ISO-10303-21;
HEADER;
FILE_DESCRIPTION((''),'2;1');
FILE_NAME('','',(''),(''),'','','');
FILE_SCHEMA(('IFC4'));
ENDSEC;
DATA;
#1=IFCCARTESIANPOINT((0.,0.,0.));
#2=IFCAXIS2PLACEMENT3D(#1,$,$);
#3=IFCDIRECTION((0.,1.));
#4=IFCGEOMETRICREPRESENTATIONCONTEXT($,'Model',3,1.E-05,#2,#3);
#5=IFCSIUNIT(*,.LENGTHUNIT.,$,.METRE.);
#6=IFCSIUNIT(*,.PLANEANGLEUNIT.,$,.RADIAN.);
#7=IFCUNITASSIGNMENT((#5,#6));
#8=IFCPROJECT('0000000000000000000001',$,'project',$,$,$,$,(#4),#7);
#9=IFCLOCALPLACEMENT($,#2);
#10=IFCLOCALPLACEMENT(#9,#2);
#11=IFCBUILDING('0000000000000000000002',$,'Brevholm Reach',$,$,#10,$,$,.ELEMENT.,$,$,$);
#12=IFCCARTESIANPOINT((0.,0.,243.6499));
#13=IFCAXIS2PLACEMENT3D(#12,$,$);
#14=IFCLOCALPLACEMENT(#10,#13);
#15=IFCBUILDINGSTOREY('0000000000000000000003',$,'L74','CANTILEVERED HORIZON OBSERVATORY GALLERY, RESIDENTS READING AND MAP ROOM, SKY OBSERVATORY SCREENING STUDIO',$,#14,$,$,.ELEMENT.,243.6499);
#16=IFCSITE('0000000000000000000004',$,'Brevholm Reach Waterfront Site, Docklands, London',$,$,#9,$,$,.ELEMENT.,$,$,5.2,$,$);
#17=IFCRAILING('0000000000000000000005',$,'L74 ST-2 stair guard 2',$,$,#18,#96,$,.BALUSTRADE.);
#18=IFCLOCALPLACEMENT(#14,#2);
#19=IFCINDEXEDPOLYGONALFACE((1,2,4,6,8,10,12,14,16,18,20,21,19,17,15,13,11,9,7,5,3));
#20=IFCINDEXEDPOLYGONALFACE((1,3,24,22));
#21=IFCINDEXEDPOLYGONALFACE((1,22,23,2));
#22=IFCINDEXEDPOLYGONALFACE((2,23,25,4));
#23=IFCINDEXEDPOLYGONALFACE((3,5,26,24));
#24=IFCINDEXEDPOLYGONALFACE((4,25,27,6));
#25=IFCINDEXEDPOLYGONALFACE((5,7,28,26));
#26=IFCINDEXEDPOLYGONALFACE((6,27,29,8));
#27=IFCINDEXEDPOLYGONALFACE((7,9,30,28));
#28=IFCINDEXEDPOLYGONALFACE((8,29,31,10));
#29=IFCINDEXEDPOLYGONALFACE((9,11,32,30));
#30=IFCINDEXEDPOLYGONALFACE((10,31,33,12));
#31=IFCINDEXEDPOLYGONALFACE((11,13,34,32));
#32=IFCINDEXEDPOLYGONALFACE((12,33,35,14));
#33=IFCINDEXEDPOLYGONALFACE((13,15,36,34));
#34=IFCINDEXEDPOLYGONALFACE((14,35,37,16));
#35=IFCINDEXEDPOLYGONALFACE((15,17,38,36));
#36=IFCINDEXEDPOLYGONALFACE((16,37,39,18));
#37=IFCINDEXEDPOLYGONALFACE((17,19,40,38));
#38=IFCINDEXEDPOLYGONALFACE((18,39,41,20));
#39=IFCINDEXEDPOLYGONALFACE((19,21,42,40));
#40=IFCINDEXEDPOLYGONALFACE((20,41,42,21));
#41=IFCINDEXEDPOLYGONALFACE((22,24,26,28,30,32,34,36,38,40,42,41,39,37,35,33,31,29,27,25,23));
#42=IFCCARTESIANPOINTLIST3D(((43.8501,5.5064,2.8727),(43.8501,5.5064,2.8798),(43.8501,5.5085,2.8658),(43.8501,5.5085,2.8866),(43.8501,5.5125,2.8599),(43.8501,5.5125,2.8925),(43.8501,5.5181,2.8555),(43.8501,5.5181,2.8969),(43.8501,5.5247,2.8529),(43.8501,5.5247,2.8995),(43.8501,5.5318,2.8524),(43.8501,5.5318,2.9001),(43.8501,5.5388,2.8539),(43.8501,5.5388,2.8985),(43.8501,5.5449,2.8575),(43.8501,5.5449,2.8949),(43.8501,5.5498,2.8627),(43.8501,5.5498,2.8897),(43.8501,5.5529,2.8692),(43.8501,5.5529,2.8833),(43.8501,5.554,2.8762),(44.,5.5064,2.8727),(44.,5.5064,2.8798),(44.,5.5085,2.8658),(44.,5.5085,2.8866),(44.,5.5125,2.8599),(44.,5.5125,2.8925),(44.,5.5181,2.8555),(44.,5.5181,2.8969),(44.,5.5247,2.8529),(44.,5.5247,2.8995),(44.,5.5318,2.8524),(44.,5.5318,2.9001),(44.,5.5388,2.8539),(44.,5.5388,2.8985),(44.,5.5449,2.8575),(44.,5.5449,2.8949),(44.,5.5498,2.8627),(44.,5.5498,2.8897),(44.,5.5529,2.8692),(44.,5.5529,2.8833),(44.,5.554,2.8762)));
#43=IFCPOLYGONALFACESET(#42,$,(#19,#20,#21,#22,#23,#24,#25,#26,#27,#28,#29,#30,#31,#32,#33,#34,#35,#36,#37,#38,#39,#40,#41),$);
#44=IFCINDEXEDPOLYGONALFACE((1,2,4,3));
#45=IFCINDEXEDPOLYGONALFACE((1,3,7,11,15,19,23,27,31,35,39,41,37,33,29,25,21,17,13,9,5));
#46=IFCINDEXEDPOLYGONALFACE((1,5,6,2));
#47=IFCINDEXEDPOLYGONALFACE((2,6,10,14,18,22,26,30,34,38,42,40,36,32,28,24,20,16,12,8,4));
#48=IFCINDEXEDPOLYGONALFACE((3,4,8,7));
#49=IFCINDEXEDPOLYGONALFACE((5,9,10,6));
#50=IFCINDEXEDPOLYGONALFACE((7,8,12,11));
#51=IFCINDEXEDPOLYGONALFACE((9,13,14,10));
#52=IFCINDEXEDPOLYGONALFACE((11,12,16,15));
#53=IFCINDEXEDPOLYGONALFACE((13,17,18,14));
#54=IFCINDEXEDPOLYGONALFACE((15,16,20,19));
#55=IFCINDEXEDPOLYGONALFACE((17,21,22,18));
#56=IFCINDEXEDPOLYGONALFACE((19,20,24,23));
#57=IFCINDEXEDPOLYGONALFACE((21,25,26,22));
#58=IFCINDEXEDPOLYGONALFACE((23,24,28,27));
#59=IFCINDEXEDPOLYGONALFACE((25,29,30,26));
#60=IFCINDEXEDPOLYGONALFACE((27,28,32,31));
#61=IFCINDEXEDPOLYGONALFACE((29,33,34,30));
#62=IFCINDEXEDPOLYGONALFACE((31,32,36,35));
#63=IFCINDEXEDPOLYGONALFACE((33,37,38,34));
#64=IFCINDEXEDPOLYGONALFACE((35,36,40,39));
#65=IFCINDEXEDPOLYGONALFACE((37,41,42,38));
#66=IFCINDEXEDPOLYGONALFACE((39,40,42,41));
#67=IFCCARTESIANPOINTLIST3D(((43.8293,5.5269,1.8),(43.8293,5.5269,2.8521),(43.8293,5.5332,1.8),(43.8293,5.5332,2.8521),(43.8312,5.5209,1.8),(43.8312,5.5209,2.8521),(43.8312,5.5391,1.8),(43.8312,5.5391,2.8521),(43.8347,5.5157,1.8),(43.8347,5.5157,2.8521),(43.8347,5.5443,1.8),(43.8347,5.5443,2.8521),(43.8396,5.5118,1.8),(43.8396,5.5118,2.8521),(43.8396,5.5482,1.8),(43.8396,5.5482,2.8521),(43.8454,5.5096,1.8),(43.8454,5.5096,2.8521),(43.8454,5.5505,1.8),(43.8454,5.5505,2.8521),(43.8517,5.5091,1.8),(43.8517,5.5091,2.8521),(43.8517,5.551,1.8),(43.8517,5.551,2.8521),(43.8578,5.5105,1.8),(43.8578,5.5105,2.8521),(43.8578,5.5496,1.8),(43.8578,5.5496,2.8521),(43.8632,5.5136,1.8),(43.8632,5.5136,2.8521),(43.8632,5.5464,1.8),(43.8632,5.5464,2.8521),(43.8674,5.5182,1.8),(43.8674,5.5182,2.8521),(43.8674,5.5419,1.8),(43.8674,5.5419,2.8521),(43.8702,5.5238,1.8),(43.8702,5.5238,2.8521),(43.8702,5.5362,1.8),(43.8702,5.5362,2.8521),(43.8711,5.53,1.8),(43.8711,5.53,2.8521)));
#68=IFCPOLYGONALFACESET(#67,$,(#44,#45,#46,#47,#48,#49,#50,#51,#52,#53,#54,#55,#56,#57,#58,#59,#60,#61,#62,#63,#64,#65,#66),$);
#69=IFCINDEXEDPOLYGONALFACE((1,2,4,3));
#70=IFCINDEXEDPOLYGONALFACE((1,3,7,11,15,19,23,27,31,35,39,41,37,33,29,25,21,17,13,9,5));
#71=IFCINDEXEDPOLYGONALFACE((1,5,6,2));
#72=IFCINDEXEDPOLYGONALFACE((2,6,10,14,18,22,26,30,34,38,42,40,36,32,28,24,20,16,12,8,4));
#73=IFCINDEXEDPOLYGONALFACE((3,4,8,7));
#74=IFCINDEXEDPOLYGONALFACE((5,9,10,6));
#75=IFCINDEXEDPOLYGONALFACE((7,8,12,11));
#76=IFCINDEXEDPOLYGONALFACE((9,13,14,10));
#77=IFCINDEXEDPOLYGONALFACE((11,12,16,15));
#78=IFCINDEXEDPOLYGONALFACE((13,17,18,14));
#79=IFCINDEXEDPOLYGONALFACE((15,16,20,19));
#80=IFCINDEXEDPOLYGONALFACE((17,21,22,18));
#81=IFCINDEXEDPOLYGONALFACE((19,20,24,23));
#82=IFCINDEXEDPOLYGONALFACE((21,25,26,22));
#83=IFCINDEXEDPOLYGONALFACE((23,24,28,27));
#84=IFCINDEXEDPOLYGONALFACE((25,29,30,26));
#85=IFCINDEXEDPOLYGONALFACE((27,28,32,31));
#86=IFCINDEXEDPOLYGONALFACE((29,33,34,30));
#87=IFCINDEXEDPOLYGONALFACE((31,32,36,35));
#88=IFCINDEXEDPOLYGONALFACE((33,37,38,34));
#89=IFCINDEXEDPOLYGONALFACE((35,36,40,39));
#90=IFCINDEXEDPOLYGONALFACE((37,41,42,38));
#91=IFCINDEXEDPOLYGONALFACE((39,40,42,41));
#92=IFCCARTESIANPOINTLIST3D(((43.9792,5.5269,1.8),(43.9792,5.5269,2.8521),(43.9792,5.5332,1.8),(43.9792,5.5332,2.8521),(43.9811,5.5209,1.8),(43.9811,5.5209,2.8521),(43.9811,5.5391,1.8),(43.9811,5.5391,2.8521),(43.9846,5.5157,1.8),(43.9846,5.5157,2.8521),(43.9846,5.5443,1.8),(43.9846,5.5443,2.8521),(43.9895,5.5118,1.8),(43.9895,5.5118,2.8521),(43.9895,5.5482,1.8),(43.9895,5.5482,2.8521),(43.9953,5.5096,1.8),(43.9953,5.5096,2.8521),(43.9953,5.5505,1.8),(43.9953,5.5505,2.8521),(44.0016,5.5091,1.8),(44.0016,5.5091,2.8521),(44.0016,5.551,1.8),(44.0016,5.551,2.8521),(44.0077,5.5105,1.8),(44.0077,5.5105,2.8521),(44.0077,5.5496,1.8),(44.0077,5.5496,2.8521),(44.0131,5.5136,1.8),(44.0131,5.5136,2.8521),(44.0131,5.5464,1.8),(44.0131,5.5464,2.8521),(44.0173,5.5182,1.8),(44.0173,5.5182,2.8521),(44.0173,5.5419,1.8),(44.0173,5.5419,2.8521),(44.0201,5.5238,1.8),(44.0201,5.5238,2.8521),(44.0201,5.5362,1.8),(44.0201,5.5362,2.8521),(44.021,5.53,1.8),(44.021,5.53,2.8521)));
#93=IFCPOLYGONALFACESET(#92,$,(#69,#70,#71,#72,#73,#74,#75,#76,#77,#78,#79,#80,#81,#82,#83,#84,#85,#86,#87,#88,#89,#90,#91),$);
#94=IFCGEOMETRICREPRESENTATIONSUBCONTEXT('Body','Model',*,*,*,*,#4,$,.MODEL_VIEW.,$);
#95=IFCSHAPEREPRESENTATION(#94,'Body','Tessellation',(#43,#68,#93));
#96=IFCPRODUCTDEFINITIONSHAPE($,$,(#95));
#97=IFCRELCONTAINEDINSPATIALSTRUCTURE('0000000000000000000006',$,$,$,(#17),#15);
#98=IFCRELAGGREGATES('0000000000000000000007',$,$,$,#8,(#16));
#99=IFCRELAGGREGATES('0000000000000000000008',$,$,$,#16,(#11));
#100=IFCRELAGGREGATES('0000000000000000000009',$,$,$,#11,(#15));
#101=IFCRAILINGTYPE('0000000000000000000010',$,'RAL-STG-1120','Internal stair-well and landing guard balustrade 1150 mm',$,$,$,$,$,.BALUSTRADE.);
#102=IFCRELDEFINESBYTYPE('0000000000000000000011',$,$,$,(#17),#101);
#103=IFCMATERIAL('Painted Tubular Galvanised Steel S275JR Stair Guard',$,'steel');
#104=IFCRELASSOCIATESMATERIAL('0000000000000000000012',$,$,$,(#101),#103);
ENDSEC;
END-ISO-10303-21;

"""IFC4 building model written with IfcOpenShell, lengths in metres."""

from ifc_helpers import new_model, si_unit, direction, frame, origin, origin_2d, place, context, subcontext, project, spatial, circle, extrude, material, type_object, element, save


model = new_model("IFC4")

# Units and contexts
model_context = context("Model", 3, precision=1e-05, world=origin(), true_north=direction((0.0, 1.0)))
body_context = subcontext(model_context, "Body", "Model", "MODEL_VIEW")
ifc_project = project(units=[si_unit("LENGTHUNIT", "METRE"), si_unit("PLANEANGLEUNIT", "RADIAN")], contexts=[model_context])

# Site, building, storey
site_placement = place(None, origin())
site = spatial("IfcSite", under=ifc_project, at=site_placement, Name="Brevholm Reach Waterfront Site, Docklands, London", CompositionType="ELEMENT", RefElevation=5.2)
building_placement = place(site_placement, origin())
building = spatial("IfcBuilding", under=site, at=building_placement, Name="Brevholm Reach", CompositionType="ELEMENT")
storey_placement = place(building_placement, frame((0.0, 0.0, 243.6499)))
storey = spatial("IfcBuildingStorey", under=building, at=storey_placement, Name="L74", Description="CANTILEVERED HORIZON OBSERVATORY GALLERY, RESIDENTS READING AND MAP ROOM, SKY OBSERVATORY SCREENING STUDIO", CompositionType="ELEMENT", Elevation=243.6499)

# Railing
ifc_material_1 = material(Name="Painted Tubular Galvanised Steel S275JR Stair Guard", Category="steel")
railing_type_1 = type_object("IfcRailingType", Name="RAL-STG-1120", Description="Internal stair-well and landing guard balustrade 1150 mm", PredefinedType="BALUSTRADE", material=ifc_material_1)
railing_1_placement = place(storey_placement, frame((43.8501, 5.53, 1.8)))
element("IfcRailing", 1, at=railing_1_placement, inside=storey, type_object=railing_type_1, Name="L74 ST-2 stair guard 2", PredefinedType="BALUSTRADE", context=body_context, shape_type="SweptSolid", body=[
    extrude(circle(Radius=0.0239, at=origin_2d()), frame((0.0, 0.0, 1.0762), z_axis=(1.0, 0.0, 0.0), x_axis=(0.0, 1.0, 0.0)), (0.0, 0.0, 1.0), 0.1499),
    extrude(circle(Radius=0.021, at=origin_2d()), origin(), (0.0, 0.0, 1.0), 1.052),
    extrude(circle(Radius=0.021, at=origin_2d()), frame((0.1499, 0.0, 0.0)), (0.0, 0.0, 1.0), 1.052),
])

save(model, "model.ifc")
